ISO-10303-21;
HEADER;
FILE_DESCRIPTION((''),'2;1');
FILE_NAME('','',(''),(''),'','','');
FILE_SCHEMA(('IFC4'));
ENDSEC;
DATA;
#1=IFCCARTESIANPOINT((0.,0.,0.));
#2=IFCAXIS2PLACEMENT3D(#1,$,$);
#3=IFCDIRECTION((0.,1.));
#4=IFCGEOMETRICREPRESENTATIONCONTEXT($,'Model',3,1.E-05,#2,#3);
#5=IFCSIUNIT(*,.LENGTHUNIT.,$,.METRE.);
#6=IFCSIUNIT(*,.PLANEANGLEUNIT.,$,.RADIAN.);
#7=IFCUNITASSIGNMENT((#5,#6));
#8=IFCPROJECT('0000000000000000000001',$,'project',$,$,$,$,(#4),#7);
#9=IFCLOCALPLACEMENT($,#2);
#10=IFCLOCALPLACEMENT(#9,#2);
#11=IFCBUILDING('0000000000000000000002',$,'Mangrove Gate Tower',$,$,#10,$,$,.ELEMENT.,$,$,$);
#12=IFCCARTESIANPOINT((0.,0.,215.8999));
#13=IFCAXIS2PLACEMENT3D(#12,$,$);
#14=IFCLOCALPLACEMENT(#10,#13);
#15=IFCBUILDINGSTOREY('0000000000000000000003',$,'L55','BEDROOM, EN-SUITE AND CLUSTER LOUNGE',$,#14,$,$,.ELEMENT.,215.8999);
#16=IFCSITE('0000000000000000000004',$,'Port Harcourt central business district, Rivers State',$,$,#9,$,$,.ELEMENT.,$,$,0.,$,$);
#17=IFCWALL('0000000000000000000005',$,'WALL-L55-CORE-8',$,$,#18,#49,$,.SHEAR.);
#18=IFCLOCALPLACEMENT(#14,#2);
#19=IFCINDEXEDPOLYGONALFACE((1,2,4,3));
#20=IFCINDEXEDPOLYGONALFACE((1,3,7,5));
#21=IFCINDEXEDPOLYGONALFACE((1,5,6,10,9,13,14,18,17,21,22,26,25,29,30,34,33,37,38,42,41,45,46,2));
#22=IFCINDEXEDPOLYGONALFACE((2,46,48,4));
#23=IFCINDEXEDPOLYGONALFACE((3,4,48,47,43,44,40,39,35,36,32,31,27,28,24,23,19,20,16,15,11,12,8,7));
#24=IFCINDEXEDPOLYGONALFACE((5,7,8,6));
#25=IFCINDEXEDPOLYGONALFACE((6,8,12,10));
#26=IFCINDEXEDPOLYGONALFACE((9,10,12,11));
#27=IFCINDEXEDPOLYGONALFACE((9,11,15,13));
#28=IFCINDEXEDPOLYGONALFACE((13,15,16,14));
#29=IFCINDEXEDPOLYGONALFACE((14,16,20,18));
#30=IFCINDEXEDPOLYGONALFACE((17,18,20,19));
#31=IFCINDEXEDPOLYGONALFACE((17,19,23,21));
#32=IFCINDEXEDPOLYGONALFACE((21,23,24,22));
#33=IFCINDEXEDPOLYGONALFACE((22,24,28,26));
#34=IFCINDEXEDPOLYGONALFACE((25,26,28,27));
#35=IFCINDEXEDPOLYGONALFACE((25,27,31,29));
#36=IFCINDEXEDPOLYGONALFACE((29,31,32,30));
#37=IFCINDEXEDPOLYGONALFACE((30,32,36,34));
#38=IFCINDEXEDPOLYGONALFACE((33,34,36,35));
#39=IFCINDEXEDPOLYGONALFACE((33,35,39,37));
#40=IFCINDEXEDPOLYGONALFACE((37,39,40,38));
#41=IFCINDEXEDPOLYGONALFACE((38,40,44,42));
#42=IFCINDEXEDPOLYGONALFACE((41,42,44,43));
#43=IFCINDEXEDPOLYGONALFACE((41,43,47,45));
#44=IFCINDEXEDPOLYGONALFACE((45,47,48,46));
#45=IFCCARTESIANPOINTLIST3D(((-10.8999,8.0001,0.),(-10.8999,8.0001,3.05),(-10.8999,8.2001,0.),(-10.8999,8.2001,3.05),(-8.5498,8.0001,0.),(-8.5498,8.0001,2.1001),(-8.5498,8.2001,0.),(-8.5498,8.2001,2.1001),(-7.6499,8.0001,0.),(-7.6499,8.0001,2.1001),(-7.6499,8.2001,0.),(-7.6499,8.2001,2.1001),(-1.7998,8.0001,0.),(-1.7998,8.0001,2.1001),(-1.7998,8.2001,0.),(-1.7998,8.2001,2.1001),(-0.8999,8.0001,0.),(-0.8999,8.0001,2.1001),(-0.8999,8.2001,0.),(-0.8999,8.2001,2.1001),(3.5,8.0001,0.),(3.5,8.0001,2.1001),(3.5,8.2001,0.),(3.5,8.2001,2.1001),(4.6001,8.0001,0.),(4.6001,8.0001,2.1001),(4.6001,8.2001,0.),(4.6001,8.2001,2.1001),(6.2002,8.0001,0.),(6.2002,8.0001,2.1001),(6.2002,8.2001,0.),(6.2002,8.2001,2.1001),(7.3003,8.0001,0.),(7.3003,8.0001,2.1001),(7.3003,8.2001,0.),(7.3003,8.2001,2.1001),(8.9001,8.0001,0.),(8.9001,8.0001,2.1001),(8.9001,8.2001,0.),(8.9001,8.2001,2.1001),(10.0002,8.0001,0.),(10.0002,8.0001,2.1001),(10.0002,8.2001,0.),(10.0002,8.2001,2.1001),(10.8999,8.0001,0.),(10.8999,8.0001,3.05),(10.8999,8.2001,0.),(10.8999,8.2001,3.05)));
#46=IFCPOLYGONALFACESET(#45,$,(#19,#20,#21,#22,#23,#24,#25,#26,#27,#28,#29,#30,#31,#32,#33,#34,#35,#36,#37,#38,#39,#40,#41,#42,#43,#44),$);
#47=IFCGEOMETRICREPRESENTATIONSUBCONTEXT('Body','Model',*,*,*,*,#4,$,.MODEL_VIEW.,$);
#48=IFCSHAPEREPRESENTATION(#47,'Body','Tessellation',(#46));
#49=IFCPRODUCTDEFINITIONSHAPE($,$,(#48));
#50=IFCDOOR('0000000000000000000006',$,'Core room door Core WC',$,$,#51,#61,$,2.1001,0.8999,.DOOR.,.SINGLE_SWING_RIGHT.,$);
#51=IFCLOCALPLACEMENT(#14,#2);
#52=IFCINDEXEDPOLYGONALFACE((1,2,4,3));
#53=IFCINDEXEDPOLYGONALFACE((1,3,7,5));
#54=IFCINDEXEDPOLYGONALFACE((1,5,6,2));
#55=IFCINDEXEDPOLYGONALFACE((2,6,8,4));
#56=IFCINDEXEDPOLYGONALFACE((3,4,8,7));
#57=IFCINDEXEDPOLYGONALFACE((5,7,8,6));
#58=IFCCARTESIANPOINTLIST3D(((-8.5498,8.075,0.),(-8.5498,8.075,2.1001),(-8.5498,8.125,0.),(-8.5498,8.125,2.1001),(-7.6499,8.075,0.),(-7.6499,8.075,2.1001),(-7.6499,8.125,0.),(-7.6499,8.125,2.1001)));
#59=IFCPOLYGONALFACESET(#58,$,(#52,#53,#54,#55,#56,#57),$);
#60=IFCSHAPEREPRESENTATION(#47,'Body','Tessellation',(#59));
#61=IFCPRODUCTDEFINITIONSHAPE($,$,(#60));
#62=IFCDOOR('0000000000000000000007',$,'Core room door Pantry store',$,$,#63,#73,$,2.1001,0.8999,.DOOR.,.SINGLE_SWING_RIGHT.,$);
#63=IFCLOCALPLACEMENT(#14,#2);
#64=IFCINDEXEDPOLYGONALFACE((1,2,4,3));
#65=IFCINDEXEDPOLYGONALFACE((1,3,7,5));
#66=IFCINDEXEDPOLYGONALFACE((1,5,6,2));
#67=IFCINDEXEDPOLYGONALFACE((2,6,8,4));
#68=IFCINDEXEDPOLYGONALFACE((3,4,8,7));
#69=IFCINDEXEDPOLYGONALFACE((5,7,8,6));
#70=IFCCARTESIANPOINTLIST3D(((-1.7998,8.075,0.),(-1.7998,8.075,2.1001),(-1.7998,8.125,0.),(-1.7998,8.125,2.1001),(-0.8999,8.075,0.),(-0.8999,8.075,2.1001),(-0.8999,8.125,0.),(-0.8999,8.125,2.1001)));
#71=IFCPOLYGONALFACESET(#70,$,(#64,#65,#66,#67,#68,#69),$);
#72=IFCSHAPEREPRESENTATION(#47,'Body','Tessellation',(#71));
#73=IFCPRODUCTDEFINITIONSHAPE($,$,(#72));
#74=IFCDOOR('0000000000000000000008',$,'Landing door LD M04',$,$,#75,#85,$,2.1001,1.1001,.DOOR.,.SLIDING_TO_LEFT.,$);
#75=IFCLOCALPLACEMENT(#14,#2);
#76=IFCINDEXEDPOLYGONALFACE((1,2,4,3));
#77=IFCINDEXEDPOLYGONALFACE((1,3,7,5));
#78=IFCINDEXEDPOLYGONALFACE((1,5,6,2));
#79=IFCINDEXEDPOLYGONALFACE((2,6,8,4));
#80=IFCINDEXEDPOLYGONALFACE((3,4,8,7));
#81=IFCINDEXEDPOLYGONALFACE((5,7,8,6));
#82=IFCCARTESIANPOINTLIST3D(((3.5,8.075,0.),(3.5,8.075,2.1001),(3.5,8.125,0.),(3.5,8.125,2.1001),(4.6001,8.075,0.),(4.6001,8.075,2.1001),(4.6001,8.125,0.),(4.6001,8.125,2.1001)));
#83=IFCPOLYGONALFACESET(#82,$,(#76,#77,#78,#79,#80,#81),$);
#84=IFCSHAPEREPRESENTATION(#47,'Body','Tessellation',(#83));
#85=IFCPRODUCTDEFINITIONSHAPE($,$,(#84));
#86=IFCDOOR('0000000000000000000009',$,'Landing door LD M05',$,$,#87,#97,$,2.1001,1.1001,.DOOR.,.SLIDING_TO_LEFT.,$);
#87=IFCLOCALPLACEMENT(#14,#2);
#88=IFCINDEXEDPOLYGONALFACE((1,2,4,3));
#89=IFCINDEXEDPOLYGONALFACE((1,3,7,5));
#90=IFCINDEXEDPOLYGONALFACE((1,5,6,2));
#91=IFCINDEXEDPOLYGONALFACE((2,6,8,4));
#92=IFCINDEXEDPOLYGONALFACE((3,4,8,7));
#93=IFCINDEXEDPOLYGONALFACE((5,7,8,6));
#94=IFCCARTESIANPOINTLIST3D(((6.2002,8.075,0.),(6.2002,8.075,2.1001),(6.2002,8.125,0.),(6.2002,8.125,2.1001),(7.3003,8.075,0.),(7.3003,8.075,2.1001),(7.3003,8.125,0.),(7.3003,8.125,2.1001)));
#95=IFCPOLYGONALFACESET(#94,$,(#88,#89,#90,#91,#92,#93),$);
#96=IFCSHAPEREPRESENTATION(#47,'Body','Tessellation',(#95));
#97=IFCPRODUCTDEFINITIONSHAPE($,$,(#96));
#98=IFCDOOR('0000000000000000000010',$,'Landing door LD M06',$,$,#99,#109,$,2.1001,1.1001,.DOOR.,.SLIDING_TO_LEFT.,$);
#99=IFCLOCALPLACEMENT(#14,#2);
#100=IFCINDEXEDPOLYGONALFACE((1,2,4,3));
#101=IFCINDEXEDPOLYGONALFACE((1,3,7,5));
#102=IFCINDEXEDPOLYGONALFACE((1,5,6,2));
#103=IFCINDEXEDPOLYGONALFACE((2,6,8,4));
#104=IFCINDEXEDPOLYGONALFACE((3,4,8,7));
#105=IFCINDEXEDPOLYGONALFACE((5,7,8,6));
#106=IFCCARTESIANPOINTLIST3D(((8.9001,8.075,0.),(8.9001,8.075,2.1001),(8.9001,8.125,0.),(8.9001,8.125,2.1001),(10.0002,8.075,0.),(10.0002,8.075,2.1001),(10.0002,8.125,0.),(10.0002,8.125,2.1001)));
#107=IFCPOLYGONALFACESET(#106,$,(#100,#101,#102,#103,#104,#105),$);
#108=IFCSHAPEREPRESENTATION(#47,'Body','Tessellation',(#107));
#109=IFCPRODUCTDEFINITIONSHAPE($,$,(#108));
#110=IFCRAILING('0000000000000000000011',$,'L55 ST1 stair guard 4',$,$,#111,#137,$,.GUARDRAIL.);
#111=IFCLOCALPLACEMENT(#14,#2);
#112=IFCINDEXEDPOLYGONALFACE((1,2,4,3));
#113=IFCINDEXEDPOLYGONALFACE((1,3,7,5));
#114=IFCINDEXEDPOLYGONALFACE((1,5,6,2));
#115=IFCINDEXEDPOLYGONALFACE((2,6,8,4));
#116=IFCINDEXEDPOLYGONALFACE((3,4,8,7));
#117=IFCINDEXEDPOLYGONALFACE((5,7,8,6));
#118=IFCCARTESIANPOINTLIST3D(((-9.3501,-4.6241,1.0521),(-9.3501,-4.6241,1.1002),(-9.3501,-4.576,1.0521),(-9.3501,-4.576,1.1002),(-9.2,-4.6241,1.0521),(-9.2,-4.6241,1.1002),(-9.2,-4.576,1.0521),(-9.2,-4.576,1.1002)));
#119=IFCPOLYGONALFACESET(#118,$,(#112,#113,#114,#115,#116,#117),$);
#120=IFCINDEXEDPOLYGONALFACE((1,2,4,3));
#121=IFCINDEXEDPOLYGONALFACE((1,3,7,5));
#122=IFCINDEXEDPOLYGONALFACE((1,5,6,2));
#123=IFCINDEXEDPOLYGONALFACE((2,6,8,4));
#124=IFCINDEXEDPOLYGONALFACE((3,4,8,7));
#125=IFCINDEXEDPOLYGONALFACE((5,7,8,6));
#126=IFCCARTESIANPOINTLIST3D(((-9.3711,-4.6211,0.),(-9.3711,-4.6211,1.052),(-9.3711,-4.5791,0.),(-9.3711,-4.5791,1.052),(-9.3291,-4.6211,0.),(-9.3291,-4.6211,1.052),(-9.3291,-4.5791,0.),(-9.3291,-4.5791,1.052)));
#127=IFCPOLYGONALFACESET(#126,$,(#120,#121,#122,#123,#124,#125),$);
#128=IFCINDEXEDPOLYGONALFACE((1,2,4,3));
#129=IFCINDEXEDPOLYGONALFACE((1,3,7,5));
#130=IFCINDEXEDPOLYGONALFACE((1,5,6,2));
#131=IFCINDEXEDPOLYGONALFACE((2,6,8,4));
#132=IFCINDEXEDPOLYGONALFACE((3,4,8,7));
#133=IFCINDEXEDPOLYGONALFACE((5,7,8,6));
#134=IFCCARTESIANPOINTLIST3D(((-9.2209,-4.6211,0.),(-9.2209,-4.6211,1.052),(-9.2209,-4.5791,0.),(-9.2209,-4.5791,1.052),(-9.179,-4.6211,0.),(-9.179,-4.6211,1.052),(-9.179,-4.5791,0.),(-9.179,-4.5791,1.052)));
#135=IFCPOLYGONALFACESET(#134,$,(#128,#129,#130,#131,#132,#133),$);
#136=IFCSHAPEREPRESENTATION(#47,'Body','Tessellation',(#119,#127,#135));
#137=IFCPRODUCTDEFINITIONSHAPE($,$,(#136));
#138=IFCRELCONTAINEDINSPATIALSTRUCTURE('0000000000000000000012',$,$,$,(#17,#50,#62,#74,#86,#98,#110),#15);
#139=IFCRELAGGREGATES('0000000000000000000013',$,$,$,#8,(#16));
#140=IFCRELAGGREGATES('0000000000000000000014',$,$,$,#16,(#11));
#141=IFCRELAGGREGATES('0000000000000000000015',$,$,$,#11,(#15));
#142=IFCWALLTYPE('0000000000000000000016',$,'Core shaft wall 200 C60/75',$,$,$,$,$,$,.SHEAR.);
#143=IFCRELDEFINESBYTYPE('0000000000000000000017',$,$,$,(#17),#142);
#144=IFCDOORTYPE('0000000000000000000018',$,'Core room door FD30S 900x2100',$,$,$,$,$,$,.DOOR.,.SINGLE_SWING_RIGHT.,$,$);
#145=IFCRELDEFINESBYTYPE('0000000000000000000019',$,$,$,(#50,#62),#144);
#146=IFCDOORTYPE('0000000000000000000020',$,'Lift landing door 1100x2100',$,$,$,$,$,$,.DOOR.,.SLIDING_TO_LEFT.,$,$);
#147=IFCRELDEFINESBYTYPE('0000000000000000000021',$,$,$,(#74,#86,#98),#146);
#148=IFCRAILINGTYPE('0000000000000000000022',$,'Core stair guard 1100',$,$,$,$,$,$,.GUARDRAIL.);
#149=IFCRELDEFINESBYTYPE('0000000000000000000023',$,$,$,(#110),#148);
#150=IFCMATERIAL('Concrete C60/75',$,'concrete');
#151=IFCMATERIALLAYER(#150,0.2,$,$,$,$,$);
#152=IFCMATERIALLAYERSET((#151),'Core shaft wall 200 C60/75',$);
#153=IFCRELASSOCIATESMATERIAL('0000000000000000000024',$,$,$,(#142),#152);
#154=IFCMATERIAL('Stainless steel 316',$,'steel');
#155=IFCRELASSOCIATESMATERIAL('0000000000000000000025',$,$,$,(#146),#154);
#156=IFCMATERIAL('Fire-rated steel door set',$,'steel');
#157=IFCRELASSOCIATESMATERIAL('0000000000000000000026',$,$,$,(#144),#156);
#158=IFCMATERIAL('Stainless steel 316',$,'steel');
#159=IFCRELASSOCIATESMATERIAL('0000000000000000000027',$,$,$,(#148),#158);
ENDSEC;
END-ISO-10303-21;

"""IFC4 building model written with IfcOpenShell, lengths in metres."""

from ifc_helpers import new_model, si_unit, direction, frame, frame_2d, origin, origin_2d, place, context, subcontext, project, spatial, rectangle, extrude, material, layer, layer_set, type_object, element, fill, save


model = new_model("IFC4")

# Units and contexts
model_context = context("Model", 3, precision=1e-05, world=origin(), true_north=direction((0.0, 1.0)))
body_context = subcontext(model_context, "Body", "Model", "MODEL_VIEW")
ifc_project = project(units=[si_unit("LENGTHUNIT", "METRE"), si_unit("PLANEANGLEUNIT", "RADIAN")], contexts=[model_context])

# Site, building, storey
site_placement = place(None, origin())
site = spatial("IfcSite", under=ifc_project, at=site_placement, Name="Port Harcourt central business district, Rivers State", CompositionType="ELEMENT", RefElevation=0.0)
building_placement = place(site_placement, origin())
building = spatial("IfcBuilding", under=site, at=building_placement, Name="Mangrove Gate Tower", CompositionType="ELEMENT")
storey_placement = place(building_placement, frame((0.0, 0.0, 215.8999)))
storey = spatial("IfcBuildingStorey", under=building, at=storey_placement, Name="L55", Description="BEDROOM, EN-SUITE AND CLUSTER LOUNGE", CompositionType="ELEMENT", Elevation=215.8999)

# Wall, openings, doors
ifc_material_1 = material(Name="Concrete C60/75", Category="concrete")
ifc_layer_1 = layer(ifc_material_1, 0.2)
ifc_layer_set_1 = layer_set([ifc_layer_1], Name="Core shaft wall 200 C60/75")
wall_type_1 = type_object("IfcWallType", Name="Core shaft wall 200 C60/75", PredefinedType="SHEAR", material=ifc_layer_set_1)
ifc_material_2 = material(Name="Stainless steel 316", Category="steel")
door_type_1 = type_object("IfcDoorType", Name="Lift landing door 1100x2100", OperationType="SLIDING_TO_LEFT", PredefinedType="DOOR", material=ifc_material_2)
wall_1_placement = place(storey_placement, frame((-10.8999, 8.1001, 0.0), z_axis=(0.0, 0.0, 1.0), x_axis=(1.0, 0.0, 0.0)))
wall_1 = element("IfcWall", 1, at=wall_1_placement, inside=storey, type_object=wall_type_1, Name="WALL-L55-CORE-8", PredefinedType="SHEAR", context=body_context, shape_type="SweptSolid", body=[
    extrude(rectangle(XDim=21.7998, YDim=0.2, at=frame_2d((10.8999, 0.0))), origin(), (0.0, 0.0, 1.0), 3.05),
])
opening_1_placement = place(wall_1_placement, frame((14.3999, 0.0, 0.0)))
opening_1 = element("IfcOpeningElement", 2, at=opening_1_placement, cuts=wall_1, PredefinedType="OPENING", context=body_context, shape_type="SweptSolid", body=[
    extrude(rectangle(XDim=1.1001, YDim=2.1001, at=frame_2d((0.55, 1.05))), frame((0.0, 0.1099, 0.0), z_axis=(0.0, -1.0, 0.0), x_axis=(1.0, 0.0, 0.0)), (0.0, 0.0, 1.0), 0.22),
])
opening_2_placement = place(wall_1_placement, frame((17.1001, 0.0, 0.0)))
opening_2 = element("IfcOpeningElement", 3, at=opening_2_placement, cuts=wall_1, PredefinedType="OPENING", context=body_context, shape_type="SweptSolid", body=[
    extrude(rectangle(XDim=1.1001, YDim=2.1001, at=frame_2d((0.55, 1.05))), frame((0.0, 0.1099, 0.0), z_axis=(0.0, -1.0, 0.0), x_axis=(1.0, 0.0, 0.0)), (0.0, 0.0, 1.0), 0.22),
])
opening_3_placement = place(wall_1_placement, frame((19.8, 0.0, 0.0)))
opening_3 = element("IfcOpeningElement", 4, at=opening_3_placement, cuts=wall_1, PredefinedType="OPENING", context=body_context, shape_type="SweptSolid", body=[
    extrude(rectangle(XDim=1.1001, YDim=2.1001, at=frame_2d((0.55, 1.05))), frame((0.0, 0.1099, 0.0), z_axis=(0.0, -1.0, 0.0), x_axis=(1.0, 0.0, 0.0)), (0.0, 0.0, 1.0), 0.22),
])
opening_4_placement = place(wall_1_placement, frame((2.3501, 0.0, 0.0)))
opening_4 = element("IfcOpeningElement", 5, at=opening_4_placement, cuts=wall_1, PredefinedType="OPENING", context=body_context, shape_type="SweptSolid", body=[
    extrude(rectangle(XDim=0.8999, YDim=2.1001, at=frame_2d((0.45, 1.05))), frame((0.0, 0.1099, 0.0), z_axis=(0.0, -1.0, 0.0), x_axis=(1.0, 0.0, 0.0)), (0.0, 0.0, 1.0), 0.22),
])
opening_5_placement = place(wall_1_placement, frame((9.1001, 0.0, 0.0)))
opening_5 = element("IfcOpeningElement", 6, at=opening_5_placement, cuts=wall_1, PredefinedType="OPENING", context=body_context, shape_type="SweptSolid", body=[
    extrude(rectangle(XDim=0.8999, YDim=2.1001, at=frame_2d((0.45, 1.05))), frame((0.0, 0.1099, 0.0), z_axis=(0.0, -1.0, 0.0), x_axis=(1.0, 0.0, 0.0)), (0.0, 0.0, 1.0), 0.22),
])
ifc_material_3 = material(Name="Fire-rated steel door set", Category="steel")
door_type_2 = type_object("IfcDoorType", Name="Core room door FD30S 900x2100", OperationType="SINGLE_SWING_RIGHT", PredefinedType="DOOR", material=ifc_material_3)
door_1_placement = place(opening_4_placement, origin())
door_1 = element("IfcDoor", 7, at=door_1_placement, inside=storey, type_object=door_type_2, Name="Core room door Core WC", OperationType="SINGLE_SWING_RIGHT", OverallHeight=2.1001, OverallWidth=0.8999, PredefinedType="DOOR", context=body_context, shape_type="SweptSolid", body=[
    extrude(rectangle(XDim=0.8999, YDim=2.1001, at=frame_2d((0.45, 1.05))), frame((0.0, 0.0249, 0.0), z_axis=(0.0, -1.0, 0.0), x_axis=(1.0, 0.0, 0.0)), (0.0, 0.0, 1.0), 0.05),
])
fill(opening_4, door_1)
door_2_placement = place(opening_5_placement, origin())
door_2 = element("IfcDoor", 8, at=door_2_placement, inside=storey, type_object=door_type_2, Name="Core room door Pantry store", OperationType="SINGLE_SWING_RIGHT", OverallHeight=2.1001, OverallWidth=0.8999, PredefinedType="DOOR", context=body_context, shape_type="SweptSolid", body=[
    extrude(rectangle(XDim=0.8999, YDim=2.1001, at=frame_2d((0.45, 1.05))), frame((0.0, 0.0249, 0.0), z_axis=(0.0, -1.0, 0.0), x_axis=(1.0, 0.0, 0.0)), (0.0, 0.0, 1.0), 0.05),
])
fill(opening_5, door_2)
door_3_placement = place(opening_1_placement, origin())
door_3 = element("IfcDoor", 9, at=door_3_placement, inside=storey, type_object=door_type_1, Name="Landing door LD M04", OperationType="SLIDING_TO_LEFT", OverallHeight=2.1001, OverallWidth=1.1001, PredefinedType="DOOR", context=body_context, shape_type="SweptSolid", body=[
    extrude(rectangle(XDim=1.1001, YDim=2.1001, at=frame_2d((0.55, 1.05))), frame((0.0, 0.0249, 0.0), z_axis=(0.0, -1.0, 0.0), x_axis=(1.0, 0.0, 0.0)), (0.0, 0.0, 1.0), 0.05),
])
fill(opening_1, door_3)
door_4_placement = place(opening_2_placement, origin())
door_4 = element("IfcDoor", 10, at=door_4_placement, inside=storey, type_object=door_type_1, Name="Landing door LD M05", OperationType="SLIDING_TO_LEFT", OverallHeight=2.1001, OverallWidth=1.1001, PredefinedType="DOOR", context=body_context, shape_type="SweptSolid", body=[
    extrude(rectangle(XDim=1.1001, YDim=2.1001, at=frame_2d((0.55, 1.05))), frame((0.0, 0.0249, 0.0), z_axis=(0.0, -1.0, 0.0), x_axis=(1.0, 0.0, 0.0)), (0.0, 0.0, 1.0), 0.05),
])
fill(opening_2, door_4)
door_5_placement = place(opening_3_placement, origin())
door_5 = element("IfcDoor", 11, at=door_5_placement, inside=storey, type_object=door_type_1, Name="Landing door LD M06", OperationType="SLIDING_TO_LEFT", OverallHeight=2.1001, OverallWidth=1.1001, PredefinedType="DOOR", context=body_context, shape_type="SweptSolid", body=[
    extrude(rectangle(XDim=1.1001, YDim=2.1001, at=frame_2d((0.55, 1.05))), frame((0.0, 0.0249, 0.0), z_axis=(0.0, -1.0, 0.0), x_axis=(1.0, 0.0, 0.0)), (0.0, 0.0, 1.0), 0.05),
])
fill(opening_3, door_5)

# Railing
ifc_material_4 = material(Name="Stainless steel 316", Category="steel")
railing_type = type_object("IfcRailingType", Name="Core stair guard 1100", PredefinedType="GUARDRAIL", material=ifc_material_4)
railing_placement = place(storey_placement, frame((-9.3501, -4.6001, 0.0)))
element("IfcRailing", 12, at=railing_placement, inside=storey, type_object=railing_type, Name="L55 ST1 stair guard 4", PredefinedType="GUARDRAIL", context=body_context, shape_type="SweptSolid", body=[
    extrude(rectangle(XDim=0.0481, YDim=0.0481, at=origin_2d()), frame((0.0, 0.0, 1.0762), z_axis=(1.0, 0.0, 0.0), x_axis=(0.0, 1.0, 0.0)), (0.0, 0.0, 1.0), 0.1501),
    extrude(rectangle(XDim=0.042, YDim=0.042, at=origin_2d()), origin(), (0.0, 0.0, 1.0), 1.052),
    extrude(rectangle(XDim=0.042, YDim=0.042, at=origin_2d()), frame((0.1501, 0.0, 0.0)), (0.0, 0.0, 1.0), 1.052),
])

save(model, "model.ifc")
